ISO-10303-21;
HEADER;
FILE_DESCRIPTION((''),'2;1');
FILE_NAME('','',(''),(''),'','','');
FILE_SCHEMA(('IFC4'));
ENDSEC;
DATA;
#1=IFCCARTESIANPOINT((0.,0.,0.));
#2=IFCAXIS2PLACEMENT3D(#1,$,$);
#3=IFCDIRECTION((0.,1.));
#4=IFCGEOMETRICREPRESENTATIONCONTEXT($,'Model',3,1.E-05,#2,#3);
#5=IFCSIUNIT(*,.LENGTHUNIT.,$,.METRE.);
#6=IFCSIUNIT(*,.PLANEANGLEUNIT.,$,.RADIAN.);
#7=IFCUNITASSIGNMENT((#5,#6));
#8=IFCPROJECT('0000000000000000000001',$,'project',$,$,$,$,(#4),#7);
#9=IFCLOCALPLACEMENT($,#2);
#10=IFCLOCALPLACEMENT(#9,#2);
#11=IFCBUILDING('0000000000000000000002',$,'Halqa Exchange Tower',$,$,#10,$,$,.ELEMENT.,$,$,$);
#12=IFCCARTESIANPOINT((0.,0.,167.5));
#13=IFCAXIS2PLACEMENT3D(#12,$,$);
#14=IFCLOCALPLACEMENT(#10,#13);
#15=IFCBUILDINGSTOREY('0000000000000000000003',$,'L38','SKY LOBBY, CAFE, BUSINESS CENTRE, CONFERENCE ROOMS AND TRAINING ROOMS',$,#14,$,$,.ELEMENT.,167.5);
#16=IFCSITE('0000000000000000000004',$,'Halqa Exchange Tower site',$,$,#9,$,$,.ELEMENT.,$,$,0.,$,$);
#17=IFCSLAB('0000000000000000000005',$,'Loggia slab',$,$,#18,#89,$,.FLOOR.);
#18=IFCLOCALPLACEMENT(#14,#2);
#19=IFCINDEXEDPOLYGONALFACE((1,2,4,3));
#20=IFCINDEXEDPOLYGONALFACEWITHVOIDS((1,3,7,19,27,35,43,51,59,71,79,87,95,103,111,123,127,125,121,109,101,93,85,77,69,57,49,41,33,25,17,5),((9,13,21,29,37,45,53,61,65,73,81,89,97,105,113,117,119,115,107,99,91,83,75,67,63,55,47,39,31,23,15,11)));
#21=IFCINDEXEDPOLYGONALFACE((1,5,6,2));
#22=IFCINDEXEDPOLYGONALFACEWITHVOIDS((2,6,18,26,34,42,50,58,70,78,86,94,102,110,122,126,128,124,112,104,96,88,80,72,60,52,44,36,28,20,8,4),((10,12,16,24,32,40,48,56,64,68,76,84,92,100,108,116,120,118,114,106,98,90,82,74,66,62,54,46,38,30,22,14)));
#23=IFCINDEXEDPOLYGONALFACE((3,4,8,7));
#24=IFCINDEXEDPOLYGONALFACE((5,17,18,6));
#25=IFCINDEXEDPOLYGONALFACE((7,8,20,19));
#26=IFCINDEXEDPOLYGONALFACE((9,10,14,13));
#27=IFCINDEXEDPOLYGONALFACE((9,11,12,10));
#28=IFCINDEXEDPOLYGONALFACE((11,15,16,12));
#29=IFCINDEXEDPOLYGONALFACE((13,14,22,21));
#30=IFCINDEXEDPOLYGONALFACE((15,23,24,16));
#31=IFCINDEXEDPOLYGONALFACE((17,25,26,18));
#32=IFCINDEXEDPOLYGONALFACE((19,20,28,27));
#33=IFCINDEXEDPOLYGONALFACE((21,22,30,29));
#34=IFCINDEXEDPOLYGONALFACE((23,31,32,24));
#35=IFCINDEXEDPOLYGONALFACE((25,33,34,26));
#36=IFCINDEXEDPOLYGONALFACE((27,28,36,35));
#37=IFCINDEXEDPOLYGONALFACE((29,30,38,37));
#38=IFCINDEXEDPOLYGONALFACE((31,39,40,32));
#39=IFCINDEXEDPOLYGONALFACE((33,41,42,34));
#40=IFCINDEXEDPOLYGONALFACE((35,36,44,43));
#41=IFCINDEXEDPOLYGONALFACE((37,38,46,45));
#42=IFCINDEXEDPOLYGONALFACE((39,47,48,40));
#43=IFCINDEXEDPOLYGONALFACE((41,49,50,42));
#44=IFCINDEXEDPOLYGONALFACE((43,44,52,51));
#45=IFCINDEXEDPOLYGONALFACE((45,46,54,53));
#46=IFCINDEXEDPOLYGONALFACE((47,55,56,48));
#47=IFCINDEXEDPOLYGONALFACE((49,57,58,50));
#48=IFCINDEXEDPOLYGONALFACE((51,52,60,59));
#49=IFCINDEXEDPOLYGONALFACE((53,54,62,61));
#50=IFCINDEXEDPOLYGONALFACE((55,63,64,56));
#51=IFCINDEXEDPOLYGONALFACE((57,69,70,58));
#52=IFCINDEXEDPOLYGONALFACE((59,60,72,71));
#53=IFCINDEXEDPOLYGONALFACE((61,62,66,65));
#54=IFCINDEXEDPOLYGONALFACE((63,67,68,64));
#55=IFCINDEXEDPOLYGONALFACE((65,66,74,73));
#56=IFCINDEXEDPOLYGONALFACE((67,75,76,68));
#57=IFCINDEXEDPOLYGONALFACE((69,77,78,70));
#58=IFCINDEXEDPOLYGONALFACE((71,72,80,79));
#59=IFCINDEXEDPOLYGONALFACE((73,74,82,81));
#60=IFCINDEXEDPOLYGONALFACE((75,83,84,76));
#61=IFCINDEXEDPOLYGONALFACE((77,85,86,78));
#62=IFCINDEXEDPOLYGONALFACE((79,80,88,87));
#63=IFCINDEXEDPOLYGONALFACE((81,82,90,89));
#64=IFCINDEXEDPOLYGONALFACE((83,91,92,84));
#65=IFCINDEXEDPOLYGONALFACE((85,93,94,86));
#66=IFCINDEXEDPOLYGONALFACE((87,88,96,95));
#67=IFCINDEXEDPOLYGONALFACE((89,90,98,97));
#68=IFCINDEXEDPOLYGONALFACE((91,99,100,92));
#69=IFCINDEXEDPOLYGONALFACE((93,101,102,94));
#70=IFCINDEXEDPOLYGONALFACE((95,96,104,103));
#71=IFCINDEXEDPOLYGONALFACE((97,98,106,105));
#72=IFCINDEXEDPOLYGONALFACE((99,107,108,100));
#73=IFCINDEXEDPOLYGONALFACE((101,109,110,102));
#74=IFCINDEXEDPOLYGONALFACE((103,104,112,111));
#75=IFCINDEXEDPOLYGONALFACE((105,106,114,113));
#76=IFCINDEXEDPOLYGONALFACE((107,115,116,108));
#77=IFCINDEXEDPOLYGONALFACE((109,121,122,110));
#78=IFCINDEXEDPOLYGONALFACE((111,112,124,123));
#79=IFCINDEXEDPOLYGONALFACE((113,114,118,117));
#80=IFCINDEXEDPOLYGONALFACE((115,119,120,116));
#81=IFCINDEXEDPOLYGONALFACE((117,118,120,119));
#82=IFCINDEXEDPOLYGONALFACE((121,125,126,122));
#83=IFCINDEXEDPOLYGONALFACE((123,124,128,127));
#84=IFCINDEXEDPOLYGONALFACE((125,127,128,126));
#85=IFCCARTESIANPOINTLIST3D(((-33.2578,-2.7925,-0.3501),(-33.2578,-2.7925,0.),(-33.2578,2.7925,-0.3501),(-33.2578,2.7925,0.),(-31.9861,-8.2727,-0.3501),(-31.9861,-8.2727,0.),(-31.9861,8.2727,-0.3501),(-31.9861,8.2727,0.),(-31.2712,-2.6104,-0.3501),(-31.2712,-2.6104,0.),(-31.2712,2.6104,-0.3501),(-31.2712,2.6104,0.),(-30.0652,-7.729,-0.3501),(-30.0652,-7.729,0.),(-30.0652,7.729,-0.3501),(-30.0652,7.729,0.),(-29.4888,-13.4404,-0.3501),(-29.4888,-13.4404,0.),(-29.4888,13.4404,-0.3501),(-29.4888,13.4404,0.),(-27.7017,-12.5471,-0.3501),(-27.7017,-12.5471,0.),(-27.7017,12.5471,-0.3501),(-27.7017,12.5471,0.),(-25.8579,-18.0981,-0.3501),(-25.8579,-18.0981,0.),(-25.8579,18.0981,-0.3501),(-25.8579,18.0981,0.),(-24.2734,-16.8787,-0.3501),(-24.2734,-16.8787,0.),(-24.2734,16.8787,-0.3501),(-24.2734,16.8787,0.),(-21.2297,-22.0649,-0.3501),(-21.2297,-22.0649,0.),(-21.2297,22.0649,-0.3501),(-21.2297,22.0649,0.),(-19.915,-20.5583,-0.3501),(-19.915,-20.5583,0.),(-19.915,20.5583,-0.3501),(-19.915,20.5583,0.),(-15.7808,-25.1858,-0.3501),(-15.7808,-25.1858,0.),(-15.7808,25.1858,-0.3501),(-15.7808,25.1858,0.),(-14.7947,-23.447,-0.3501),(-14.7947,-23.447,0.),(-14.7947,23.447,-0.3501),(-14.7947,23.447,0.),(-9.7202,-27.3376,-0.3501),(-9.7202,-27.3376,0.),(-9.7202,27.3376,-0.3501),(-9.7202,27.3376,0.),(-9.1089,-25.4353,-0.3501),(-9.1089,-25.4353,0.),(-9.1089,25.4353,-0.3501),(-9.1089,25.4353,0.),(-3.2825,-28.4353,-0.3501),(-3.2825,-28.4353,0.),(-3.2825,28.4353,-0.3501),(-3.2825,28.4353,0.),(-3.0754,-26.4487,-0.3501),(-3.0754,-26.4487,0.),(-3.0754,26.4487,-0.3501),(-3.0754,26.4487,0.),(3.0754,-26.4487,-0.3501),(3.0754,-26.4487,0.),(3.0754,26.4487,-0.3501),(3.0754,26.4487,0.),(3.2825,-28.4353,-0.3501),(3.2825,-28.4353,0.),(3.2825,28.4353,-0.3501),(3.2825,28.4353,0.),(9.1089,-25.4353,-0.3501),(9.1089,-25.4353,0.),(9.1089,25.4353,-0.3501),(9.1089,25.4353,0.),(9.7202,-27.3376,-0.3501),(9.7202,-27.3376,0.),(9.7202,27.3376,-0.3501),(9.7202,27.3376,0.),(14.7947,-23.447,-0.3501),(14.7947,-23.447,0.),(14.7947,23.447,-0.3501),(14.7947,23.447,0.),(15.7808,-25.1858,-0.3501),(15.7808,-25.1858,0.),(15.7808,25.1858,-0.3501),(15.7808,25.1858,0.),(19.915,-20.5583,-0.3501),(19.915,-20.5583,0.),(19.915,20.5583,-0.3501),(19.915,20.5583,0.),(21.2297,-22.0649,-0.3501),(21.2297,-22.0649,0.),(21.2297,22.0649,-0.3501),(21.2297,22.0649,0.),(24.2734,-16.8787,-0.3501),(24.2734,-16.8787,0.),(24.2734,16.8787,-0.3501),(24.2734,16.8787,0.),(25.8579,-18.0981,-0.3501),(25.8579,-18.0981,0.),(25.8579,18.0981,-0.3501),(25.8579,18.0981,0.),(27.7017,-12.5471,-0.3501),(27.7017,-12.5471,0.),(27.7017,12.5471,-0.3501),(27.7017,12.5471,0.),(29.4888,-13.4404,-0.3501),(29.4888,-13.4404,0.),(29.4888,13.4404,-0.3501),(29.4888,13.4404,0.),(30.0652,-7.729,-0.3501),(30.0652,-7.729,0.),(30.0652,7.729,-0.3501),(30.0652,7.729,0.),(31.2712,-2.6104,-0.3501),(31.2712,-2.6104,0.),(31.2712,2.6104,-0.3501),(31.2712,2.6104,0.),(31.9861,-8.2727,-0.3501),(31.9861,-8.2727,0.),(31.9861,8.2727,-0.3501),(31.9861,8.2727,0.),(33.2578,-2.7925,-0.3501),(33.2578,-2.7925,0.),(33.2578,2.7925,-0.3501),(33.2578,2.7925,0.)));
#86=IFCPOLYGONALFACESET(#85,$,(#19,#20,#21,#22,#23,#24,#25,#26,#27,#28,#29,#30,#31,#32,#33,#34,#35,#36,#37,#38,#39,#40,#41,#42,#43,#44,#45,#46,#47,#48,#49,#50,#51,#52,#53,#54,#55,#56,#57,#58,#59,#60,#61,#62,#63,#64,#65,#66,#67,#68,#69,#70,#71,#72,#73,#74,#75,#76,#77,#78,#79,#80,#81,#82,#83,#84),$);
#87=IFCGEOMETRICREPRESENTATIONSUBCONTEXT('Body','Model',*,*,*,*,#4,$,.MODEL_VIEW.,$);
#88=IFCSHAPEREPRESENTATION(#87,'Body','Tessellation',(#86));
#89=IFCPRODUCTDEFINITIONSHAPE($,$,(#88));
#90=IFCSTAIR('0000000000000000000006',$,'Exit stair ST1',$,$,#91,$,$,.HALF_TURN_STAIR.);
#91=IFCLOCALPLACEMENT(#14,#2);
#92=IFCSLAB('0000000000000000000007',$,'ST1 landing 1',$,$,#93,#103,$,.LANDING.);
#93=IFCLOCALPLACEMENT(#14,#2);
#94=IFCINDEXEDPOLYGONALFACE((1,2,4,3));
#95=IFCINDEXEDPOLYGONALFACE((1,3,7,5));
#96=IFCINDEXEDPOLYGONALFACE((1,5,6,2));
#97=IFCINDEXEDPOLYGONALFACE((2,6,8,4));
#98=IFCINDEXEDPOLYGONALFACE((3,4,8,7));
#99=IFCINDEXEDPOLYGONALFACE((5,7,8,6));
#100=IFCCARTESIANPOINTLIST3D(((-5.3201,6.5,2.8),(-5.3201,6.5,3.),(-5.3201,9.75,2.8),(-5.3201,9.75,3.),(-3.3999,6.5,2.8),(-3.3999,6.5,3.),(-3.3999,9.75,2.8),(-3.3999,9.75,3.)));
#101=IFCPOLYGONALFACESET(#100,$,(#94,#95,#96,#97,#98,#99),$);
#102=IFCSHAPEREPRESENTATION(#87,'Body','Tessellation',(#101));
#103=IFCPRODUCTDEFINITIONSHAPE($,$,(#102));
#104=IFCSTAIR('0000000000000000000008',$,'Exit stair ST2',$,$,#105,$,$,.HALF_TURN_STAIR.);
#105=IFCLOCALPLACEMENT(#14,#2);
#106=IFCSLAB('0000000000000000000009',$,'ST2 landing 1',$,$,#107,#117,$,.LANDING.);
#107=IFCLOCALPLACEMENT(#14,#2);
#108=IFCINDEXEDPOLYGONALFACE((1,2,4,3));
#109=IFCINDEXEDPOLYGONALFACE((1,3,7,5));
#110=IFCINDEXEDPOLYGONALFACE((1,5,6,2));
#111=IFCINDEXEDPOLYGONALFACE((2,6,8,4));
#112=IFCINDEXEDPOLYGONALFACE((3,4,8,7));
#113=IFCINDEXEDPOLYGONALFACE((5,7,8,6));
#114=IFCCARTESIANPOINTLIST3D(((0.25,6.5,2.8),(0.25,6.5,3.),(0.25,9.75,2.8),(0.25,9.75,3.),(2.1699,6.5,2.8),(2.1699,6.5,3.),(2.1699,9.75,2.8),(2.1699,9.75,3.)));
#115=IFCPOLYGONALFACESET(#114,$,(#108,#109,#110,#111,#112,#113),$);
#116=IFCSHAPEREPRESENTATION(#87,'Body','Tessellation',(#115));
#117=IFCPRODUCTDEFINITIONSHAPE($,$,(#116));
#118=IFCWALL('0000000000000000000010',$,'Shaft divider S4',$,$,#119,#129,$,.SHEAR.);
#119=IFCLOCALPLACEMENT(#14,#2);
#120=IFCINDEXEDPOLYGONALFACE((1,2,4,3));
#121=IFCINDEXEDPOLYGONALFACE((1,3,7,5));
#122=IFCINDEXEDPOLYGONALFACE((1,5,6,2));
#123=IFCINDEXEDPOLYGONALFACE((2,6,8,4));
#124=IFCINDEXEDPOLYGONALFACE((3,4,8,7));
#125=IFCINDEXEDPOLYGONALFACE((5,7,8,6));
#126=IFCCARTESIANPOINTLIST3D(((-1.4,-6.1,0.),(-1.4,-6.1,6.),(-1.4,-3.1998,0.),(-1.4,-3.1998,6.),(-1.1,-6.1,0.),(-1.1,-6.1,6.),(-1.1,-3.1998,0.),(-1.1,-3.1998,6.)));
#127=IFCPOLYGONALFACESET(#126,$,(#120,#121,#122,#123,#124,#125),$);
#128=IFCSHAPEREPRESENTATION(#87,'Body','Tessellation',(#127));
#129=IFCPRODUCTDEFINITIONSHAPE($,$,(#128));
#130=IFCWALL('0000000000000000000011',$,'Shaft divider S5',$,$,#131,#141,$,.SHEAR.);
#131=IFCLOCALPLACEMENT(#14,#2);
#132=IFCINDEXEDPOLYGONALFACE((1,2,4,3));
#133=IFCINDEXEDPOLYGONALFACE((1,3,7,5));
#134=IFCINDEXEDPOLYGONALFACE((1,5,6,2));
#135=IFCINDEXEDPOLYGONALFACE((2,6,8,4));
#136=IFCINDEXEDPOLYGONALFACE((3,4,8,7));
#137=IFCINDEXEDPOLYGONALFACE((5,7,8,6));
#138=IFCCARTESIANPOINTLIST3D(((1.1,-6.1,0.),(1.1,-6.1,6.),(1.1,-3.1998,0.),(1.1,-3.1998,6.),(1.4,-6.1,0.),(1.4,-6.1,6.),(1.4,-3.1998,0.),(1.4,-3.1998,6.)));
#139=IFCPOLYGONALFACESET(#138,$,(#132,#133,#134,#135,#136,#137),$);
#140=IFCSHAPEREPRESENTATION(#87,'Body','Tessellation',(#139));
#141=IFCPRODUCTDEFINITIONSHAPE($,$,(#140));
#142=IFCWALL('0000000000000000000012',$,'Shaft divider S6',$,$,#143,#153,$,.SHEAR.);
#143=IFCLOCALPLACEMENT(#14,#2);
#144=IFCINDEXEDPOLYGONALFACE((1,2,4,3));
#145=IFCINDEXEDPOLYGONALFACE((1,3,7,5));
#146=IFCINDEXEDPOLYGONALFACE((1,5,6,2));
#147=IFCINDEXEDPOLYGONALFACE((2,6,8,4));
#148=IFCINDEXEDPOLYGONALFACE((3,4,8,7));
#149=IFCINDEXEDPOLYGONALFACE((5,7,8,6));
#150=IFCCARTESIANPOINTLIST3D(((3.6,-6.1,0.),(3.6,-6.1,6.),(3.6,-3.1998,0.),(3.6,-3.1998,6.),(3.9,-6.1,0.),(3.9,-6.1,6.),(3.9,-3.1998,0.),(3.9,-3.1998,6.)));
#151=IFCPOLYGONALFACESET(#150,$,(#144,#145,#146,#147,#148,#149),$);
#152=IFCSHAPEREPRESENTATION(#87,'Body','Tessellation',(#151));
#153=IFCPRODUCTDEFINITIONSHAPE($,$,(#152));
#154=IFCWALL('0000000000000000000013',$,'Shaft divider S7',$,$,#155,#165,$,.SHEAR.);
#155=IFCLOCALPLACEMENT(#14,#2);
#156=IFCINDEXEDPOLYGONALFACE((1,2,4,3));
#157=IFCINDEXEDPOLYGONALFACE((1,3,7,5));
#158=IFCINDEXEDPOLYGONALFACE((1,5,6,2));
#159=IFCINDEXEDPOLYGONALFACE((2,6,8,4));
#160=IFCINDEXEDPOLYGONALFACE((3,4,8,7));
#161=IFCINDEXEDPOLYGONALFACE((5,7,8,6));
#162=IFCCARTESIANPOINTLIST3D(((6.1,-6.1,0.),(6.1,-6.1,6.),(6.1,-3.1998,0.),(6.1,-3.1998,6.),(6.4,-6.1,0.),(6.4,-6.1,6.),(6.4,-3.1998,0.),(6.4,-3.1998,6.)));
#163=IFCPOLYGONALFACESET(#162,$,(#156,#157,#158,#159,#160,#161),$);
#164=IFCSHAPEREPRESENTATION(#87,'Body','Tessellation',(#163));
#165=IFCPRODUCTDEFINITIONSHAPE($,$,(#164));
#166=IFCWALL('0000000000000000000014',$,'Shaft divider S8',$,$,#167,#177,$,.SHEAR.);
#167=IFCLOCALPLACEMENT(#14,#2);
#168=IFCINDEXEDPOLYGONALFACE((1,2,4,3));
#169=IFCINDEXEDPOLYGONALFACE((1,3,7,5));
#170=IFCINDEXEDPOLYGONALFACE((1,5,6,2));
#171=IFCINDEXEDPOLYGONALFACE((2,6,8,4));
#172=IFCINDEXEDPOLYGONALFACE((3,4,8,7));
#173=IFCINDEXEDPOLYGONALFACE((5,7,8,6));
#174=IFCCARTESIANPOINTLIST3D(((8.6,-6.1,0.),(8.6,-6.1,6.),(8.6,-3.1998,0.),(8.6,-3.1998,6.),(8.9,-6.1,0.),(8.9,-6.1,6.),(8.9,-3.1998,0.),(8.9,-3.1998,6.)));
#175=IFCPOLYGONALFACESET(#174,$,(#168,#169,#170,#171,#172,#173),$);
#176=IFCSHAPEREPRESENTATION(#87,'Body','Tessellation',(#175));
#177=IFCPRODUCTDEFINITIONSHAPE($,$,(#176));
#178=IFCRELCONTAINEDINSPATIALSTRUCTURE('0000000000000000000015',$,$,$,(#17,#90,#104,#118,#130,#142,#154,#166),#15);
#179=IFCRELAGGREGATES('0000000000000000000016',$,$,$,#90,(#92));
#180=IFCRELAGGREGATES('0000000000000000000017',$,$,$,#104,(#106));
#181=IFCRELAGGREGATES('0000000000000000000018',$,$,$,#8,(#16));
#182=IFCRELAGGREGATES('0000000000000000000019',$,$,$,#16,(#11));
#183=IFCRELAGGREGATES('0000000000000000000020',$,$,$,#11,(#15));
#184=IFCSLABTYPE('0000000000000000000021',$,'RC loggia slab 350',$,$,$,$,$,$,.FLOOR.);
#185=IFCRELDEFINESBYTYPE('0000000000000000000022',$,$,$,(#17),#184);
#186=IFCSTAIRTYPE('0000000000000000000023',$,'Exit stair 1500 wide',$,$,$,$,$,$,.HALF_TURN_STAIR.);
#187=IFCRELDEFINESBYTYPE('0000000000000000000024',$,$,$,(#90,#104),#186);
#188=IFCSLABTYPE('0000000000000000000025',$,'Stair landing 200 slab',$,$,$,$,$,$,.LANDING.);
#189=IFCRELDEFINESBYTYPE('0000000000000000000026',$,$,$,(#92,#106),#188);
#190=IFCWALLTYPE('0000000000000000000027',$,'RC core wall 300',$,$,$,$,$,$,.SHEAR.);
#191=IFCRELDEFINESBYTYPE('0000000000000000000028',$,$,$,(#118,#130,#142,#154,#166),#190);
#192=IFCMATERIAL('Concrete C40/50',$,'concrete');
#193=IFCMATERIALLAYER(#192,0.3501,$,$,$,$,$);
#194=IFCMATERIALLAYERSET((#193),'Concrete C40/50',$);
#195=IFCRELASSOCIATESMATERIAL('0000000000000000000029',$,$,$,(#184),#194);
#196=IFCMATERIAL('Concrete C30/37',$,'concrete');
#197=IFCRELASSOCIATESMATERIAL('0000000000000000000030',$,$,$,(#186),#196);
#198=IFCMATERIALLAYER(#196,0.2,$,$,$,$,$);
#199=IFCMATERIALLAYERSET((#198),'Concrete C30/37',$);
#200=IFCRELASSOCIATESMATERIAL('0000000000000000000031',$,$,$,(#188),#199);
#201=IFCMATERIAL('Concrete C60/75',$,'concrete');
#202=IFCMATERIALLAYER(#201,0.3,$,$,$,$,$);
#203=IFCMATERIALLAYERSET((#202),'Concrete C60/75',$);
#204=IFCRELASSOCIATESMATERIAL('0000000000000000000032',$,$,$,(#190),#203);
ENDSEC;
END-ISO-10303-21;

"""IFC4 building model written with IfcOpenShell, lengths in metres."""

from ifc_helpers import new_model, si_unit, direction, frame, frame_2d, origin, place, context, subcontext, project, spatial, polyline, rectangle, outline, extrude, material, layer, layer_set, type_object, element, aggregate, save


model = new_model("IFC4")

# Units and contexts
model_context = context("Model", 3, precision=1e-05, world=origin(), true_north=direction((0.0, 1.0)))
body_context = subcontext(model_context, "Body", "Model", "MODEL_VIEW")
ifc_project = project(units=[si_unit("LENGTHUNIT", "METRE"), si_unit("PLANEANGLEUNIT", "RADIAN")], contexts=[model_context])

# Site, building, storey
site_placement = place(None, origin())
site = spatial("IfcSite", under=ifc_project, at=site_placement, Name="Halqa Exchange Tower site", CompositionType="ELEMENT", RefElevation=0.0)
building_placement = place(site_placement, origin())
building = spatial("IfcBuilding", under=site, at=building_placement, Name="Halqa Exchange Tower", CompositionType="ELEMENT")
storey_placement = place(building_placement, frame((0.0, 0.0, 167.5)))
storey = spatial("IfcBuildingStorey", under=building, at=storey_placement, Name="L38", Description="SKY LOBBY, CAFE, BUSINESS CENTRE, CONFERENCE ROOMS AND TRAINING ROOMS", CompositionType="ELEMENT", Elevation=167.5)

# Slab
ifc_material_1 = material(Name="Concrete C60/75", Category="concrete")
ifc_material_2 = material(Name="Concrete C40/50", Category="concrete")
ifc_layer_1 = layer(ifc_material_2, 0.3501)
ifc_layer_set_1 = layer_set([ifc_layer_1], Name="Concrete C40/50")
slab_type_1 = type_object("IfcSlabType", Name="RC loggia slab 350", PredefinedType="FLOOR", material=ifc_layer_set_1)
slab_1_placement = place(storey_placement, frame((0.0, 0.0, -0.3501)))
element("IfcSlab", 1, at=slab_1_placement, inside=storey, type_object=slab_type_1, Name="Loggia slab", PredefinedType="FLOOR", context=body_context, shape_type="SweptSolid", body=[
    extrude(outline(polyline([(33.2578, 2.7925), (33.2578, -2.7925), (31.9861, -8.2727), (29.4888, -13.4404), (25.8579, -18.0981), (21.2297, -22.0649), (15.7808, -25.1858), (9.7202, -27.3376), (3.2825, -28.4353), (-3.2825, -28.4353), (-9.7202, -27.3376), (-15.7808, -25.1858), (-21.2297, -22.0649), (-25.8579, -18.0981), (-29.4888, -13.4404), (-31.9861, -8.2727), (-33.2578, -2.7925), (-33.2578, 2.7925), (-31.9861, 8.2727), (-29.4888, 13.4404), (-25.8579, 18.0981), (-21.2297, 22.0649), (-15.7808, 25.1858), (-9.7202, 27.3376), (-3.2825, 28.4353), (3.2825, 28.4353), (9.7202, 27.3376), (15.7808, 25.1858), (21.2297, 22.0649), (25.8579, 18.0981), (29.4888, 13.4404), (31.9861, 8.2727), (33.2578, 2.7925)]), holes=[polyline([(31.2712, 2.6104), (30.0652, 7.729), (27.7017, 12.5471), (24.2734, 16.8787), (19.915, 20.5583), (14.7947, 23.447), (9.1089, 25.4353), (3.0754, 26.4487), (-3.0754, 26.4487), (-9.1089, 25.4353), (-14.7947, 23.447), (-19.915, 20.5583), (-24.2734, 16.8787), (-27.7017, 12.5471), (-30.0652, 7.729), (-31.2712, 2.6104), (-31.2712, -2.6104), (-30.0652, -7.729), (-27.7017, -12.5471), (-24.2734, -16.8787), (-19.915, -20.5583), (-14.7947, -23.447), (-9.1089, -25.4353), (-3.0754, -26.4487), (3.0754, -26.4487), (9.1089, -25.4353), (14.7947, -23.447), (19.915, -20.5583), (24.2734, -16.8787), (27.7017, -12.5471), (30.0652, -7.729), (31.2712, -2.6104), (31.2712, 2.6104)])]), origin(), (0.0, 0.0, 1.0), 0.3501),
])

# Stairs, slabs
ifc_material_3 = material(Name="Concrete C30/37", Category="concrete")
stair_type = type_object("IfcStairType", Name="Exit stair 1500 wide", PredefinedType="HALF_TURN_STAIR", material=ifc_material_3)
stair_1_placement = place(storey_placement, origin())
stair_1 = element("IfcStair", 2, at=stair_1_placement, inside=storey, type_object=stair_type, Name="Exit stair ST1", PredefinedType="HALF_TURN_STAIR")
ifc_layer_2 = layer(ifc_material_3, 0.2)
ifc_layer_set_2 = layer_set([ifc_layer_2], Name="Concrete C30/37")
slab_type_2 = type_object("IfcSlabType", Name="Stair landing 200 slab", PredefinedType="LANDING", material=ifc_layer_set_2)
slab_2_placement = place(storey_placement, frame((0.0, 0.0, 2.8)))
slab_2 = element("IfcSlab", 3, at=slab_2_placement, type_object=slab_type_2, Name="ST1 landing 1", PredefinedType="LANDING", context=body_context, shape_type="SweptSolid", body=[
    extrude(outline(polyline([(-5.3201, 6.5), (-3.3999, 6.5), (-3.3999, 9.75), (-5.3201, 9.75), (-5.3201, 6.5)])), origin(), (0.0, 0.0, 1.0), 0.2),
])
aggregate(stair_1, [slab_2])
stair_2_placement = place(storey_placement, origin())
stair_2 = element("IfcStair", 4, at=stair_2_placement, inside=storey, type_object=stair_type, Name="Exit stair ST2", PredefinedType="HALF_TURN_STAIR")
slab_3_placement = place(storey_placement, frame((0.0, 0.0, 2.8)))
slab_3 = element("IfcSlab", 5, at=slab_3_placement, type_object=slab_type_2, Name="ST2 landing 1", PredefinedType="LANDING", context=body_context, shape_type="SweptSolid", body=[
    extrude(outline(polyline([(0.25, 6.5), (2.1699, 6.5), (2.1699, 9.75), (0.25, 9.75), (0.25, 6.5)])), origin(), (0.0, 0.0, 1.0), 0.2),
])
aggregate(stair_2, [slab_3])

# Walls
ifc_layer_3 = layer(ifc_material_1, 0.3)
ifc_layer_set_3 = layer_set([ifc_layer_3], Name="Concrete C60/75")
wall_type = type_object("IfcWallType", Name="RC core wall 300", PredefinedType="SHEAR", material=ifc_layer_set_3)
for number, where, z_axis, x_axis, name in (
    (6, (-1.25, -6.1001, 0.0), (0.0, 0.0, 1.0), (0.0, 1.0, 0.0), "Shaft divider S4"),
    (7, (1.25, -6.1001, 0.0), (0.0, 0.0, 1.0), (0.0, 1.0, 0.0), "Shaft divider S5"),
    (8, (3.75, -6.1001, 0.0), (0.0, 0.0, 1.0), (0.0, 1.0, 0.0), "Shaft divider S6"),
    (9, (6.25, -6.1001, 0.0), (0.0, 0.0, 1.0), (0.0, 1.0, 0.0), "Shaft divider S7"),
    (10, (8.75, -6.1001, 0.0), (0.0, 0.0, 1.0), (0.0, 1.0, 0.0), "Shaft divider S8"),
):
    element("IfcWall", number, at=place(storey_placement, frame(where, z_axis=z_axis, x_axis=x_axis)), inside=storey, type_object=wall_type, Name=name, PredefinedType="SHEAR", context=body_context, shape_type="SweptSolid", body=[
        extrude(rectangle(XDim=2.9001, YDim=0.3, at=frame_2d((1.4502, 0.0))), origin(), (0.0, 0.0, 1.0), 6.0),
    ])

save(model, "model.ifc")
